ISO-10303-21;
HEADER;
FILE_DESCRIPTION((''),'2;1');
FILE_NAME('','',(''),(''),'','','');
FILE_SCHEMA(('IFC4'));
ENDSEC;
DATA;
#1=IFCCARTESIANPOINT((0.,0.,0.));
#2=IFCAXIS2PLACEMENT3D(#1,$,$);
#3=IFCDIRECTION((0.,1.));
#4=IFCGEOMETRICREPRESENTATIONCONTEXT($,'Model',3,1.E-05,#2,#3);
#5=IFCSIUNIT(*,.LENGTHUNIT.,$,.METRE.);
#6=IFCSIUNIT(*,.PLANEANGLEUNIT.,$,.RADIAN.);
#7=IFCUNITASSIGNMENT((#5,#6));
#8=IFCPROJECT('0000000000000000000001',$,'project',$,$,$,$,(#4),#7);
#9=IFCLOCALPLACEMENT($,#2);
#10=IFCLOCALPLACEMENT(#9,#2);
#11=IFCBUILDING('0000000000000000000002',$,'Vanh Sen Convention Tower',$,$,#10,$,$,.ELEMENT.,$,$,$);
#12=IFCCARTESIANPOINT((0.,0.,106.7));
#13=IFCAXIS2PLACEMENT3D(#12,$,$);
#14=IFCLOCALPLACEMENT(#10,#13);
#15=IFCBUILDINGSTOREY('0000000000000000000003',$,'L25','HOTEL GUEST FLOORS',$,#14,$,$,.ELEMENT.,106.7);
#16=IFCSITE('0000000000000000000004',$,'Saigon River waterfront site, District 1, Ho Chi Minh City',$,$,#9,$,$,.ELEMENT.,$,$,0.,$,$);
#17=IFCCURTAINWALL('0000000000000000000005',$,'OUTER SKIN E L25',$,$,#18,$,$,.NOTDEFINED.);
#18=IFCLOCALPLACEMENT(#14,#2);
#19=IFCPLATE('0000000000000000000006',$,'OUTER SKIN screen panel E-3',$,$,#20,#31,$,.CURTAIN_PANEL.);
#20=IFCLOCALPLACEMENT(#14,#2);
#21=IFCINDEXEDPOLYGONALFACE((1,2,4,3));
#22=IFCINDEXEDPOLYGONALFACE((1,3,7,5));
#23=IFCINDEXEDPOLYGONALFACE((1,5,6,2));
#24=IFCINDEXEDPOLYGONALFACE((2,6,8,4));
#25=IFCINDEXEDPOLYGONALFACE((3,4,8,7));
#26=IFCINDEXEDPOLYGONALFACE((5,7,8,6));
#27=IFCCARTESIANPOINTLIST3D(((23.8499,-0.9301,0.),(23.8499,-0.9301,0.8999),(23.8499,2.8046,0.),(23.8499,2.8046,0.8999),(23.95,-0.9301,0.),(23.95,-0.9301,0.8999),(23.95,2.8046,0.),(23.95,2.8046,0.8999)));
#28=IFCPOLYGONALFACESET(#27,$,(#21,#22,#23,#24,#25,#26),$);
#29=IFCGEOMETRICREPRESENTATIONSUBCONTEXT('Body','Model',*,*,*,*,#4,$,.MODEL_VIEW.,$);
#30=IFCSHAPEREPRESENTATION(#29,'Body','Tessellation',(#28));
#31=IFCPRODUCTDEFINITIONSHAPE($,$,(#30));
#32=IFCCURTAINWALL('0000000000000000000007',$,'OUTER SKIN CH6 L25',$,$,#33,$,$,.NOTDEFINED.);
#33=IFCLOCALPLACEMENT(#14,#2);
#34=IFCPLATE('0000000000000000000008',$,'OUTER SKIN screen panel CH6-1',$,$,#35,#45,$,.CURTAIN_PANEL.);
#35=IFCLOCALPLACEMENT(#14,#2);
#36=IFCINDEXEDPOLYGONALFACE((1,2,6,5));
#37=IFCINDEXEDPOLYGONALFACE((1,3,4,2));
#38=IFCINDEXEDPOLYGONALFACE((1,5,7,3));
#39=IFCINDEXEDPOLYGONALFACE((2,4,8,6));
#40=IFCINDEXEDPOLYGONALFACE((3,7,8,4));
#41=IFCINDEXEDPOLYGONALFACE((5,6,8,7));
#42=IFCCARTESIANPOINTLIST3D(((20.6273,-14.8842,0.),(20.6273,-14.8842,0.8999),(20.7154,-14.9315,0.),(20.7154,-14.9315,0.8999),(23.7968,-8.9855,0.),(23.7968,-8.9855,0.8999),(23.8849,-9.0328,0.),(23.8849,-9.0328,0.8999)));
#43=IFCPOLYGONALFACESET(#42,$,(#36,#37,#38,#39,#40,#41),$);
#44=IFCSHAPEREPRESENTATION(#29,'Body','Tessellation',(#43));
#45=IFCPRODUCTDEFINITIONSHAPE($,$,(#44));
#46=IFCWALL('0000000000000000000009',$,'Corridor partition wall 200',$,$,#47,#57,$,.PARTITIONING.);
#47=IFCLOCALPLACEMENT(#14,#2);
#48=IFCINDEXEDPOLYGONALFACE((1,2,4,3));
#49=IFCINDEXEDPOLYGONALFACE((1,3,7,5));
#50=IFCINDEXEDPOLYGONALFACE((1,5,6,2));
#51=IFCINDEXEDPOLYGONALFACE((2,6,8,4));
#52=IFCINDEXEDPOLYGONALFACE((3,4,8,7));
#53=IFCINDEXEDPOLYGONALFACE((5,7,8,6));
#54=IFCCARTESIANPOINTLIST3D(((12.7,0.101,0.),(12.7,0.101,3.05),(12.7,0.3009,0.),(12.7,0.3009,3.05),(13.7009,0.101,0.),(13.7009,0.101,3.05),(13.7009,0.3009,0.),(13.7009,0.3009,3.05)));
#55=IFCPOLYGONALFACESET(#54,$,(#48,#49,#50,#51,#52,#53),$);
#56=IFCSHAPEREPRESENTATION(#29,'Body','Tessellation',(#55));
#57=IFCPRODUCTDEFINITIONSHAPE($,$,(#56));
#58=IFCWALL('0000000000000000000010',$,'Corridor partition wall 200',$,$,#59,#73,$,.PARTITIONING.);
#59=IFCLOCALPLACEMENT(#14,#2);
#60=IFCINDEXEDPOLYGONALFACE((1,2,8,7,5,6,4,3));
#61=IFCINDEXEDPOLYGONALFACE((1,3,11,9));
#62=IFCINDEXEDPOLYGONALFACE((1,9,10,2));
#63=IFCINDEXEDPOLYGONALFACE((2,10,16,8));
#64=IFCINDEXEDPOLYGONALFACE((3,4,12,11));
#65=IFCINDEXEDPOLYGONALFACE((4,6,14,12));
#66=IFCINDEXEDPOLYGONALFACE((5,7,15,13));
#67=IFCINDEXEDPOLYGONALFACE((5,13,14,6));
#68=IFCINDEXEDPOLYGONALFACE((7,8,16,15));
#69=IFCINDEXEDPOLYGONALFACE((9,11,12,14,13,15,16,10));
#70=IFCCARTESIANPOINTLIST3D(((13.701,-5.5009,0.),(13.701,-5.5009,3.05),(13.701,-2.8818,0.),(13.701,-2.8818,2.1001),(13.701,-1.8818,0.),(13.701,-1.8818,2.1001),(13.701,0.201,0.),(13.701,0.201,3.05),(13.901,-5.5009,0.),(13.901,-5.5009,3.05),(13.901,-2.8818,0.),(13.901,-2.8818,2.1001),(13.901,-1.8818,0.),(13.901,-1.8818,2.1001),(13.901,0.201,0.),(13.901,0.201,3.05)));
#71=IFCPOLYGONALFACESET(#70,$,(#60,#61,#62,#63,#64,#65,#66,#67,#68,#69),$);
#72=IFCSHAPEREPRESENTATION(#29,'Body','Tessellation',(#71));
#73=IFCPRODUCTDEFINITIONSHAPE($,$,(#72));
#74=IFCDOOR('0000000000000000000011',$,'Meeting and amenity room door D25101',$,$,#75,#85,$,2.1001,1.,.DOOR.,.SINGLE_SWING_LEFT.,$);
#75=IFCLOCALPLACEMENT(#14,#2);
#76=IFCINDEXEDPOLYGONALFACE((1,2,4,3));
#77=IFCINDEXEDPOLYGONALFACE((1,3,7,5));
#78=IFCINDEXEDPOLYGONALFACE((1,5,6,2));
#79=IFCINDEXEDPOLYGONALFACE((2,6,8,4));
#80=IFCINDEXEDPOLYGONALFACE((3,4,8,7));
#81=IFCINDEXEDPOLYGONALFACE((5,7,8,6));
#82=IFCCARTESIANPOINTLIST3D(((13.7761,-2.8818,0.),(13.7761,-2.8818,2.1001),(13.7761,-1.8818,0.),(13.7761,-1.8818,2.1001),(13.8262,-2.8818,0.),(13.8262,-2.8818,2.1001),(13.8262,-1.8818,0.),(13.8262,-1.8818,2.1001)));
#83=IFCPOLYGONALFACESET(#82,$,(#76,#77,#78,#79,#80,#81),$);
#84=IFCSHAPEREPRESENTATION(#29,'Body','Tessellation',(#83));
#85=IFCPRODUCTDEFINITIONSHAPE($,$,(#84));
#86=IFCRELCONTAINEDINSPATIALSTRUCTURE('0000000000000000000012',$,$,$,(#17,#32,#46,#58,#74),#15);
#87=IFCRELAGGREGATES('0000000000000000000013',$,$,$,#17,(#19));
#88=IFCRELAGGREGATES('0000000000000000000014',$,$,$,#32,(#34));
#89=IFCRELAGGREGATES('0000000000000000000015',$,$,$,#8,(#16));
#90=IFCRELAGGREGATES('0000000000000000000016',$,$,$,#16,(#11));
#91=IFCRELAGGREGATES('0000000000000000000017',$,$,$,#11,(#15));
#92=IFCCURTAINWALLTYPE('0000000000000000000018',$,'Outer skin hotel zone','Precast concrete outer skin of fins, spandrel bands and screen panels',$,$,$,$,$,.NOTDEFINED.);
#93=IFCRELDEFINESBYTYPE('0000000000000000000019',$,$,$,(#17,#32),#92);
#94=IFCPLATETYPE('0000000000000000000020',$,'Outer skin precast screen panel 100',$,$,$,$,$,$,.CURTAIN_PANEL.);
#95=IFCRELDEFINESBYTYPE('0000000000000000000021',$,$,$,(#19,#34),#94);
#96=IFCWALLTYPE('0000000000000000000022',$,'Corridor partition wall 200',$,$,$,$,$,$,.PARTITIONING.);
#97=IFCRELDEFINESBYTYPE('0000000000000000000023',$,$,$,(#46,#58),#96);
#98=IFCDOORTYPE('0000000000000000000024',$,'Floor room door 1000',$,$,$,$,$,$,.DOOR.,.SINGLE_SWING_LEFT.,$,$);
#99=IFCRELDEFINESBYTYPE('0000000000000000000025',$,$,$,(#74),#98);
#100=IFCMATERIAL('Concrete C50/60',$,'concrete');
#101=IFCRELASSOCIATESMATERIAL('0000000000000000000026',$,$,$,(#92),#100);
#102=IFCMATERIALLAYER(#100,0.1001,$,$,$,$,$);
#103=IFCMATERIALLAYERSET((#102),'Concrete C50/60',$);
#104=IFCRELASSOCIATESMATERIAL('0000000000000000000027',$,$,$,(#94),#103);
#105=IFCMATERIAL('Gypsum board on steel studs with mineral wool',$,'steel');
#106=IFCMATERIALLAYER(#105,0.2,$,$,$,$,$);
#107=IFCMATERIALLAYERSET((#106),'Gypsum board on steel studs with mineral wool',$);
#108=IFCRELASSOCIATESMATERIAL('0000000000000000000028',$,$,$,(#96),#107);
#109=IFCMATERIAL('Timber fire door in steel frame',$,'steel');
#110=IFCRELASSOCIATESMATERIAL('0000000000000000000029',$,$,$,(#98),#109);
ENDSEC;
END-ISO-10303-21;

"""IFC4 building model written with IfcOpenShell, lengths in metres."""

from ifc_helpers import new_model, si_unit, direction, frame, frame_2d, origin, origin_2d, place, context, subcontext, project, spatial, rectangle, extrude, material, layer, layer_set, type_object, element, fill, aggregate, save


model = new_model("IFC4")

# Units and contexts
model_context = context("Model", 3, precision=1e-05, world=origin(), true_north=direction((0.0, 1.0)))
body_context = subcontext(model_context, "Body", "Model", "MODEL_VIEW")
ifc_project = project(units=[si_unit("LENGTHUNIT", "METRE"), si_unit("PLANEANGLEUNIT", "RADIAN")], contexts=[model_context])

# Site, building, storey
site_placement = place(None, origin())
site = spatial("IfcSite", under=ifc_project, at=site_placement, Name="Saigon River waterfront site, District 1, Ho Chi Minh City", CompositionType="ELEMENT", RefElevation=0.0)
building_placement = place(site_placement, origin())
building = spatial("IfcBuilding", under=site, at=building_placement, Name="Vanh Sen Convention Tower", CompositionType="ELEMENT")
storey_placement = place(building_placement, frame((0.0, 0.0, 106.7)))
storey = spatial("IfcBuildingStorey", under=building, at=storey_placement, Name="L25", Description="HOTEL GUEST FLOORS", CompositionType="ELEMENT", Elevation=106.7)

# Curtain wall
ifc_material_1 = material(Name="Concrete C50/60", Category="concrete")
curtain_wall_type = type_object("IfcCurtainWallType", Name="Outer skin hotel zone", Description="Precast concrete outer skin of fins, spandrel bands and screen panels", PredefinedType="NOTDEFINED", material=ifc_material_1)
curtain_wall_1_placement = place(storey_placement, origin())
curtain_wall_1 = element("IfcCurtainWall", 1, at=curtain_wall_1_placement, inside=storey, type_object=curtain_wall_type, Name="OUTER SKIN E L25", PredefinedType="NOTDEFINED")

# Plate
ifc_layer_1 = layer(ifc_material_1, 0.1001)
ifc_layer_set_1 = layer_set([ifc_layer_1], Name="Concrete C50/60")
plate_type = type_object("IfcPlateType", Name="Outer skin precast screen panel 100", PredefinedType="CURTAIN_PANEL", material=ifc_layer_set_1)
plate_1_placement = place(storey_placement, frame((23.8999, 0.9373, 0.0), z_axis=(0.0, 0.0, 1.0), x_axis=(0.0, 1.0, 0.0)))
plate_1 = element("IfcPlate", 2, at=plate_1_placement, type_object=plate_type, Name="OUTER SKIN screen panel E-3", PredefinedType="CURTAIN_PANEL", context=body_context, shape_type="SweptSolid", body=[
    extrude(rectangle(XDim=3.7346, YDim=0.1001, at=origin_2d()), origin(), (0.0, 0.0, 1.0), 0.8999),
])
aggregate(curtain_wall_1, [plate_1])

# Curtain wall, plate
curtain_wall_2_placement = place(storey_placement, origin())
curtain_wall_2 = element("IfcCurtainWall", 3, at=curtain_wall_2_placement, inside=storey, type_object=curtain_wall_type, Name="OUTER SKIN CH6 L25", PredefinedType="NOTDEFINED")
plate_2_placement = place(storey_placement, frame((22.2561, -11.9585, 0.0), z_axis=(0.0, 0.0, 1.0), x_axis=(0.473323, 0.880889, 0.0)))
plate_2 = element("IfcPlate", 4, at=plate_2_placement, type_object=plate_type, Name="OUTER SKIN screen panel CH6-1", PredefinedType="CURTAIN_PANEL", context=body_context, shape_type="SweptSolid", body=[
    extrude(rectangle(XDim=6.6963, YDim=0.1001, at=origin_2d()), origin(), (0.0, 0.0, 1.0), 0.8999),
])
aggregate(curtain_wall_2, [plate_2])

# Wall
ifc_material_2 = material(Name="Gypsum board on steel studs with mineral wool", Category="steel")
ifc_layer_2 = layer(ifc_material_2, 0.2)
ifc_layer_set_2 = layer_set([ifc_layer_2], Name="Gypsum board on steel studs with mineral wool")
wall_type_1 = type_object("IfcWallType", Name="Corridor partition wall 200", PredefinedType="PARTITIONING", material=ifc_layer_set_2)
wall_1_placement = place(storey_placement, frame((13.7009, 0.2009, 0.0), z_axis=(0.0, 0.0, 1.0), x_axis=(-1.0, 0.0, 0.0)))
element("IfcWall", 5, at=wall_1_placement, inside=storey, type_object=wall_type_1, Name="Corridor partition wall 200", PredefinedType="PARTITIONING", context=body_context, shape_type="SweptSolid", body=[
    extrude(rectangle(XDim=1.001, YDim=0.2, at=frame_2d((0.5005, 0.0))), origin(), (0.0, 0.0, 1.0), 3.05),
])

# Wall, opening, door
wall_2_placement = place(storey_placement, frame((13.801, -5.501, 0.0), z_axis=(0.0, 0.0, 1.0), x_axis=(0.0, 1.0, 0.0)))
wall_2 = element("IfcWall", 6, at=wall_2_placement, inside=storey, type_object=wall_type_1, Name="Corridor partition wall 200", PredefinedType="PARTITIONING", context=body_context, shape_type="SweptSolid", body=[
    extrude(rectangle(XDim=5.7019, YDim=0.2, at=frame_2d((2.8511, 0.0))), origin(), (0.0, 0.0, 1.0), 3.05),
])
opening_1_placement = place(wall_2_placement, frame((2.6191, 0.0, 0.0)))
opening_1 = element("IfcOpeningElement", 7, at=opening_1_placement, cuts=wall_2, PredefinedType="OPENING", context=body_context, shape_type="SweptSolid", body=[
    extrude(rectangle(XDim=1.0, YDim=2.1001, at=frame_2d((0.5, 1.05))), frame((0.0, 0.1099, 0.0), z_axis=(0.0, -1.0, 0.0), x_axis=(1.0, 0.0, 0.0)), (0.0, 0.0, 1.0), 0.22),
])
ifc_material_3 = material(Name="Timber fire door in steel frame", Category="steel")
door_type = type_object("IfcDoorType", Name="Floor room door 1000", OperationType="SINGLE_SWING_LEFT", PredefinedType="DOOR", material=ifc_material_3)
door_placement = place(opening_1_placement, origin())
door = element("IfcDoor", 8, at=door_placement, inside=storey, type_object=door_type, Name="Meeting and amenity room door D25101", OperationType="SINGLE_SWING_LEFT", OverallHeight=2.1001, OverallWidth=1.0, PredefinedType="DOOR", context=body_context, shape_type="SweptSolid", body=[
    extrude(rectangle(XDim=1.0, YDim=2.1001, at=frame_2d((0.5, 1.05))), frame((0.0, 0.0249, 0.0), z_axis=(0.0, -1.0, 0.0), x_axis=(1.0, 0.0, 0.0)), (0.0, 0.0, 1.0), 0.05),
])
fill(opening_1, door)

save(model, "model.ifc")
